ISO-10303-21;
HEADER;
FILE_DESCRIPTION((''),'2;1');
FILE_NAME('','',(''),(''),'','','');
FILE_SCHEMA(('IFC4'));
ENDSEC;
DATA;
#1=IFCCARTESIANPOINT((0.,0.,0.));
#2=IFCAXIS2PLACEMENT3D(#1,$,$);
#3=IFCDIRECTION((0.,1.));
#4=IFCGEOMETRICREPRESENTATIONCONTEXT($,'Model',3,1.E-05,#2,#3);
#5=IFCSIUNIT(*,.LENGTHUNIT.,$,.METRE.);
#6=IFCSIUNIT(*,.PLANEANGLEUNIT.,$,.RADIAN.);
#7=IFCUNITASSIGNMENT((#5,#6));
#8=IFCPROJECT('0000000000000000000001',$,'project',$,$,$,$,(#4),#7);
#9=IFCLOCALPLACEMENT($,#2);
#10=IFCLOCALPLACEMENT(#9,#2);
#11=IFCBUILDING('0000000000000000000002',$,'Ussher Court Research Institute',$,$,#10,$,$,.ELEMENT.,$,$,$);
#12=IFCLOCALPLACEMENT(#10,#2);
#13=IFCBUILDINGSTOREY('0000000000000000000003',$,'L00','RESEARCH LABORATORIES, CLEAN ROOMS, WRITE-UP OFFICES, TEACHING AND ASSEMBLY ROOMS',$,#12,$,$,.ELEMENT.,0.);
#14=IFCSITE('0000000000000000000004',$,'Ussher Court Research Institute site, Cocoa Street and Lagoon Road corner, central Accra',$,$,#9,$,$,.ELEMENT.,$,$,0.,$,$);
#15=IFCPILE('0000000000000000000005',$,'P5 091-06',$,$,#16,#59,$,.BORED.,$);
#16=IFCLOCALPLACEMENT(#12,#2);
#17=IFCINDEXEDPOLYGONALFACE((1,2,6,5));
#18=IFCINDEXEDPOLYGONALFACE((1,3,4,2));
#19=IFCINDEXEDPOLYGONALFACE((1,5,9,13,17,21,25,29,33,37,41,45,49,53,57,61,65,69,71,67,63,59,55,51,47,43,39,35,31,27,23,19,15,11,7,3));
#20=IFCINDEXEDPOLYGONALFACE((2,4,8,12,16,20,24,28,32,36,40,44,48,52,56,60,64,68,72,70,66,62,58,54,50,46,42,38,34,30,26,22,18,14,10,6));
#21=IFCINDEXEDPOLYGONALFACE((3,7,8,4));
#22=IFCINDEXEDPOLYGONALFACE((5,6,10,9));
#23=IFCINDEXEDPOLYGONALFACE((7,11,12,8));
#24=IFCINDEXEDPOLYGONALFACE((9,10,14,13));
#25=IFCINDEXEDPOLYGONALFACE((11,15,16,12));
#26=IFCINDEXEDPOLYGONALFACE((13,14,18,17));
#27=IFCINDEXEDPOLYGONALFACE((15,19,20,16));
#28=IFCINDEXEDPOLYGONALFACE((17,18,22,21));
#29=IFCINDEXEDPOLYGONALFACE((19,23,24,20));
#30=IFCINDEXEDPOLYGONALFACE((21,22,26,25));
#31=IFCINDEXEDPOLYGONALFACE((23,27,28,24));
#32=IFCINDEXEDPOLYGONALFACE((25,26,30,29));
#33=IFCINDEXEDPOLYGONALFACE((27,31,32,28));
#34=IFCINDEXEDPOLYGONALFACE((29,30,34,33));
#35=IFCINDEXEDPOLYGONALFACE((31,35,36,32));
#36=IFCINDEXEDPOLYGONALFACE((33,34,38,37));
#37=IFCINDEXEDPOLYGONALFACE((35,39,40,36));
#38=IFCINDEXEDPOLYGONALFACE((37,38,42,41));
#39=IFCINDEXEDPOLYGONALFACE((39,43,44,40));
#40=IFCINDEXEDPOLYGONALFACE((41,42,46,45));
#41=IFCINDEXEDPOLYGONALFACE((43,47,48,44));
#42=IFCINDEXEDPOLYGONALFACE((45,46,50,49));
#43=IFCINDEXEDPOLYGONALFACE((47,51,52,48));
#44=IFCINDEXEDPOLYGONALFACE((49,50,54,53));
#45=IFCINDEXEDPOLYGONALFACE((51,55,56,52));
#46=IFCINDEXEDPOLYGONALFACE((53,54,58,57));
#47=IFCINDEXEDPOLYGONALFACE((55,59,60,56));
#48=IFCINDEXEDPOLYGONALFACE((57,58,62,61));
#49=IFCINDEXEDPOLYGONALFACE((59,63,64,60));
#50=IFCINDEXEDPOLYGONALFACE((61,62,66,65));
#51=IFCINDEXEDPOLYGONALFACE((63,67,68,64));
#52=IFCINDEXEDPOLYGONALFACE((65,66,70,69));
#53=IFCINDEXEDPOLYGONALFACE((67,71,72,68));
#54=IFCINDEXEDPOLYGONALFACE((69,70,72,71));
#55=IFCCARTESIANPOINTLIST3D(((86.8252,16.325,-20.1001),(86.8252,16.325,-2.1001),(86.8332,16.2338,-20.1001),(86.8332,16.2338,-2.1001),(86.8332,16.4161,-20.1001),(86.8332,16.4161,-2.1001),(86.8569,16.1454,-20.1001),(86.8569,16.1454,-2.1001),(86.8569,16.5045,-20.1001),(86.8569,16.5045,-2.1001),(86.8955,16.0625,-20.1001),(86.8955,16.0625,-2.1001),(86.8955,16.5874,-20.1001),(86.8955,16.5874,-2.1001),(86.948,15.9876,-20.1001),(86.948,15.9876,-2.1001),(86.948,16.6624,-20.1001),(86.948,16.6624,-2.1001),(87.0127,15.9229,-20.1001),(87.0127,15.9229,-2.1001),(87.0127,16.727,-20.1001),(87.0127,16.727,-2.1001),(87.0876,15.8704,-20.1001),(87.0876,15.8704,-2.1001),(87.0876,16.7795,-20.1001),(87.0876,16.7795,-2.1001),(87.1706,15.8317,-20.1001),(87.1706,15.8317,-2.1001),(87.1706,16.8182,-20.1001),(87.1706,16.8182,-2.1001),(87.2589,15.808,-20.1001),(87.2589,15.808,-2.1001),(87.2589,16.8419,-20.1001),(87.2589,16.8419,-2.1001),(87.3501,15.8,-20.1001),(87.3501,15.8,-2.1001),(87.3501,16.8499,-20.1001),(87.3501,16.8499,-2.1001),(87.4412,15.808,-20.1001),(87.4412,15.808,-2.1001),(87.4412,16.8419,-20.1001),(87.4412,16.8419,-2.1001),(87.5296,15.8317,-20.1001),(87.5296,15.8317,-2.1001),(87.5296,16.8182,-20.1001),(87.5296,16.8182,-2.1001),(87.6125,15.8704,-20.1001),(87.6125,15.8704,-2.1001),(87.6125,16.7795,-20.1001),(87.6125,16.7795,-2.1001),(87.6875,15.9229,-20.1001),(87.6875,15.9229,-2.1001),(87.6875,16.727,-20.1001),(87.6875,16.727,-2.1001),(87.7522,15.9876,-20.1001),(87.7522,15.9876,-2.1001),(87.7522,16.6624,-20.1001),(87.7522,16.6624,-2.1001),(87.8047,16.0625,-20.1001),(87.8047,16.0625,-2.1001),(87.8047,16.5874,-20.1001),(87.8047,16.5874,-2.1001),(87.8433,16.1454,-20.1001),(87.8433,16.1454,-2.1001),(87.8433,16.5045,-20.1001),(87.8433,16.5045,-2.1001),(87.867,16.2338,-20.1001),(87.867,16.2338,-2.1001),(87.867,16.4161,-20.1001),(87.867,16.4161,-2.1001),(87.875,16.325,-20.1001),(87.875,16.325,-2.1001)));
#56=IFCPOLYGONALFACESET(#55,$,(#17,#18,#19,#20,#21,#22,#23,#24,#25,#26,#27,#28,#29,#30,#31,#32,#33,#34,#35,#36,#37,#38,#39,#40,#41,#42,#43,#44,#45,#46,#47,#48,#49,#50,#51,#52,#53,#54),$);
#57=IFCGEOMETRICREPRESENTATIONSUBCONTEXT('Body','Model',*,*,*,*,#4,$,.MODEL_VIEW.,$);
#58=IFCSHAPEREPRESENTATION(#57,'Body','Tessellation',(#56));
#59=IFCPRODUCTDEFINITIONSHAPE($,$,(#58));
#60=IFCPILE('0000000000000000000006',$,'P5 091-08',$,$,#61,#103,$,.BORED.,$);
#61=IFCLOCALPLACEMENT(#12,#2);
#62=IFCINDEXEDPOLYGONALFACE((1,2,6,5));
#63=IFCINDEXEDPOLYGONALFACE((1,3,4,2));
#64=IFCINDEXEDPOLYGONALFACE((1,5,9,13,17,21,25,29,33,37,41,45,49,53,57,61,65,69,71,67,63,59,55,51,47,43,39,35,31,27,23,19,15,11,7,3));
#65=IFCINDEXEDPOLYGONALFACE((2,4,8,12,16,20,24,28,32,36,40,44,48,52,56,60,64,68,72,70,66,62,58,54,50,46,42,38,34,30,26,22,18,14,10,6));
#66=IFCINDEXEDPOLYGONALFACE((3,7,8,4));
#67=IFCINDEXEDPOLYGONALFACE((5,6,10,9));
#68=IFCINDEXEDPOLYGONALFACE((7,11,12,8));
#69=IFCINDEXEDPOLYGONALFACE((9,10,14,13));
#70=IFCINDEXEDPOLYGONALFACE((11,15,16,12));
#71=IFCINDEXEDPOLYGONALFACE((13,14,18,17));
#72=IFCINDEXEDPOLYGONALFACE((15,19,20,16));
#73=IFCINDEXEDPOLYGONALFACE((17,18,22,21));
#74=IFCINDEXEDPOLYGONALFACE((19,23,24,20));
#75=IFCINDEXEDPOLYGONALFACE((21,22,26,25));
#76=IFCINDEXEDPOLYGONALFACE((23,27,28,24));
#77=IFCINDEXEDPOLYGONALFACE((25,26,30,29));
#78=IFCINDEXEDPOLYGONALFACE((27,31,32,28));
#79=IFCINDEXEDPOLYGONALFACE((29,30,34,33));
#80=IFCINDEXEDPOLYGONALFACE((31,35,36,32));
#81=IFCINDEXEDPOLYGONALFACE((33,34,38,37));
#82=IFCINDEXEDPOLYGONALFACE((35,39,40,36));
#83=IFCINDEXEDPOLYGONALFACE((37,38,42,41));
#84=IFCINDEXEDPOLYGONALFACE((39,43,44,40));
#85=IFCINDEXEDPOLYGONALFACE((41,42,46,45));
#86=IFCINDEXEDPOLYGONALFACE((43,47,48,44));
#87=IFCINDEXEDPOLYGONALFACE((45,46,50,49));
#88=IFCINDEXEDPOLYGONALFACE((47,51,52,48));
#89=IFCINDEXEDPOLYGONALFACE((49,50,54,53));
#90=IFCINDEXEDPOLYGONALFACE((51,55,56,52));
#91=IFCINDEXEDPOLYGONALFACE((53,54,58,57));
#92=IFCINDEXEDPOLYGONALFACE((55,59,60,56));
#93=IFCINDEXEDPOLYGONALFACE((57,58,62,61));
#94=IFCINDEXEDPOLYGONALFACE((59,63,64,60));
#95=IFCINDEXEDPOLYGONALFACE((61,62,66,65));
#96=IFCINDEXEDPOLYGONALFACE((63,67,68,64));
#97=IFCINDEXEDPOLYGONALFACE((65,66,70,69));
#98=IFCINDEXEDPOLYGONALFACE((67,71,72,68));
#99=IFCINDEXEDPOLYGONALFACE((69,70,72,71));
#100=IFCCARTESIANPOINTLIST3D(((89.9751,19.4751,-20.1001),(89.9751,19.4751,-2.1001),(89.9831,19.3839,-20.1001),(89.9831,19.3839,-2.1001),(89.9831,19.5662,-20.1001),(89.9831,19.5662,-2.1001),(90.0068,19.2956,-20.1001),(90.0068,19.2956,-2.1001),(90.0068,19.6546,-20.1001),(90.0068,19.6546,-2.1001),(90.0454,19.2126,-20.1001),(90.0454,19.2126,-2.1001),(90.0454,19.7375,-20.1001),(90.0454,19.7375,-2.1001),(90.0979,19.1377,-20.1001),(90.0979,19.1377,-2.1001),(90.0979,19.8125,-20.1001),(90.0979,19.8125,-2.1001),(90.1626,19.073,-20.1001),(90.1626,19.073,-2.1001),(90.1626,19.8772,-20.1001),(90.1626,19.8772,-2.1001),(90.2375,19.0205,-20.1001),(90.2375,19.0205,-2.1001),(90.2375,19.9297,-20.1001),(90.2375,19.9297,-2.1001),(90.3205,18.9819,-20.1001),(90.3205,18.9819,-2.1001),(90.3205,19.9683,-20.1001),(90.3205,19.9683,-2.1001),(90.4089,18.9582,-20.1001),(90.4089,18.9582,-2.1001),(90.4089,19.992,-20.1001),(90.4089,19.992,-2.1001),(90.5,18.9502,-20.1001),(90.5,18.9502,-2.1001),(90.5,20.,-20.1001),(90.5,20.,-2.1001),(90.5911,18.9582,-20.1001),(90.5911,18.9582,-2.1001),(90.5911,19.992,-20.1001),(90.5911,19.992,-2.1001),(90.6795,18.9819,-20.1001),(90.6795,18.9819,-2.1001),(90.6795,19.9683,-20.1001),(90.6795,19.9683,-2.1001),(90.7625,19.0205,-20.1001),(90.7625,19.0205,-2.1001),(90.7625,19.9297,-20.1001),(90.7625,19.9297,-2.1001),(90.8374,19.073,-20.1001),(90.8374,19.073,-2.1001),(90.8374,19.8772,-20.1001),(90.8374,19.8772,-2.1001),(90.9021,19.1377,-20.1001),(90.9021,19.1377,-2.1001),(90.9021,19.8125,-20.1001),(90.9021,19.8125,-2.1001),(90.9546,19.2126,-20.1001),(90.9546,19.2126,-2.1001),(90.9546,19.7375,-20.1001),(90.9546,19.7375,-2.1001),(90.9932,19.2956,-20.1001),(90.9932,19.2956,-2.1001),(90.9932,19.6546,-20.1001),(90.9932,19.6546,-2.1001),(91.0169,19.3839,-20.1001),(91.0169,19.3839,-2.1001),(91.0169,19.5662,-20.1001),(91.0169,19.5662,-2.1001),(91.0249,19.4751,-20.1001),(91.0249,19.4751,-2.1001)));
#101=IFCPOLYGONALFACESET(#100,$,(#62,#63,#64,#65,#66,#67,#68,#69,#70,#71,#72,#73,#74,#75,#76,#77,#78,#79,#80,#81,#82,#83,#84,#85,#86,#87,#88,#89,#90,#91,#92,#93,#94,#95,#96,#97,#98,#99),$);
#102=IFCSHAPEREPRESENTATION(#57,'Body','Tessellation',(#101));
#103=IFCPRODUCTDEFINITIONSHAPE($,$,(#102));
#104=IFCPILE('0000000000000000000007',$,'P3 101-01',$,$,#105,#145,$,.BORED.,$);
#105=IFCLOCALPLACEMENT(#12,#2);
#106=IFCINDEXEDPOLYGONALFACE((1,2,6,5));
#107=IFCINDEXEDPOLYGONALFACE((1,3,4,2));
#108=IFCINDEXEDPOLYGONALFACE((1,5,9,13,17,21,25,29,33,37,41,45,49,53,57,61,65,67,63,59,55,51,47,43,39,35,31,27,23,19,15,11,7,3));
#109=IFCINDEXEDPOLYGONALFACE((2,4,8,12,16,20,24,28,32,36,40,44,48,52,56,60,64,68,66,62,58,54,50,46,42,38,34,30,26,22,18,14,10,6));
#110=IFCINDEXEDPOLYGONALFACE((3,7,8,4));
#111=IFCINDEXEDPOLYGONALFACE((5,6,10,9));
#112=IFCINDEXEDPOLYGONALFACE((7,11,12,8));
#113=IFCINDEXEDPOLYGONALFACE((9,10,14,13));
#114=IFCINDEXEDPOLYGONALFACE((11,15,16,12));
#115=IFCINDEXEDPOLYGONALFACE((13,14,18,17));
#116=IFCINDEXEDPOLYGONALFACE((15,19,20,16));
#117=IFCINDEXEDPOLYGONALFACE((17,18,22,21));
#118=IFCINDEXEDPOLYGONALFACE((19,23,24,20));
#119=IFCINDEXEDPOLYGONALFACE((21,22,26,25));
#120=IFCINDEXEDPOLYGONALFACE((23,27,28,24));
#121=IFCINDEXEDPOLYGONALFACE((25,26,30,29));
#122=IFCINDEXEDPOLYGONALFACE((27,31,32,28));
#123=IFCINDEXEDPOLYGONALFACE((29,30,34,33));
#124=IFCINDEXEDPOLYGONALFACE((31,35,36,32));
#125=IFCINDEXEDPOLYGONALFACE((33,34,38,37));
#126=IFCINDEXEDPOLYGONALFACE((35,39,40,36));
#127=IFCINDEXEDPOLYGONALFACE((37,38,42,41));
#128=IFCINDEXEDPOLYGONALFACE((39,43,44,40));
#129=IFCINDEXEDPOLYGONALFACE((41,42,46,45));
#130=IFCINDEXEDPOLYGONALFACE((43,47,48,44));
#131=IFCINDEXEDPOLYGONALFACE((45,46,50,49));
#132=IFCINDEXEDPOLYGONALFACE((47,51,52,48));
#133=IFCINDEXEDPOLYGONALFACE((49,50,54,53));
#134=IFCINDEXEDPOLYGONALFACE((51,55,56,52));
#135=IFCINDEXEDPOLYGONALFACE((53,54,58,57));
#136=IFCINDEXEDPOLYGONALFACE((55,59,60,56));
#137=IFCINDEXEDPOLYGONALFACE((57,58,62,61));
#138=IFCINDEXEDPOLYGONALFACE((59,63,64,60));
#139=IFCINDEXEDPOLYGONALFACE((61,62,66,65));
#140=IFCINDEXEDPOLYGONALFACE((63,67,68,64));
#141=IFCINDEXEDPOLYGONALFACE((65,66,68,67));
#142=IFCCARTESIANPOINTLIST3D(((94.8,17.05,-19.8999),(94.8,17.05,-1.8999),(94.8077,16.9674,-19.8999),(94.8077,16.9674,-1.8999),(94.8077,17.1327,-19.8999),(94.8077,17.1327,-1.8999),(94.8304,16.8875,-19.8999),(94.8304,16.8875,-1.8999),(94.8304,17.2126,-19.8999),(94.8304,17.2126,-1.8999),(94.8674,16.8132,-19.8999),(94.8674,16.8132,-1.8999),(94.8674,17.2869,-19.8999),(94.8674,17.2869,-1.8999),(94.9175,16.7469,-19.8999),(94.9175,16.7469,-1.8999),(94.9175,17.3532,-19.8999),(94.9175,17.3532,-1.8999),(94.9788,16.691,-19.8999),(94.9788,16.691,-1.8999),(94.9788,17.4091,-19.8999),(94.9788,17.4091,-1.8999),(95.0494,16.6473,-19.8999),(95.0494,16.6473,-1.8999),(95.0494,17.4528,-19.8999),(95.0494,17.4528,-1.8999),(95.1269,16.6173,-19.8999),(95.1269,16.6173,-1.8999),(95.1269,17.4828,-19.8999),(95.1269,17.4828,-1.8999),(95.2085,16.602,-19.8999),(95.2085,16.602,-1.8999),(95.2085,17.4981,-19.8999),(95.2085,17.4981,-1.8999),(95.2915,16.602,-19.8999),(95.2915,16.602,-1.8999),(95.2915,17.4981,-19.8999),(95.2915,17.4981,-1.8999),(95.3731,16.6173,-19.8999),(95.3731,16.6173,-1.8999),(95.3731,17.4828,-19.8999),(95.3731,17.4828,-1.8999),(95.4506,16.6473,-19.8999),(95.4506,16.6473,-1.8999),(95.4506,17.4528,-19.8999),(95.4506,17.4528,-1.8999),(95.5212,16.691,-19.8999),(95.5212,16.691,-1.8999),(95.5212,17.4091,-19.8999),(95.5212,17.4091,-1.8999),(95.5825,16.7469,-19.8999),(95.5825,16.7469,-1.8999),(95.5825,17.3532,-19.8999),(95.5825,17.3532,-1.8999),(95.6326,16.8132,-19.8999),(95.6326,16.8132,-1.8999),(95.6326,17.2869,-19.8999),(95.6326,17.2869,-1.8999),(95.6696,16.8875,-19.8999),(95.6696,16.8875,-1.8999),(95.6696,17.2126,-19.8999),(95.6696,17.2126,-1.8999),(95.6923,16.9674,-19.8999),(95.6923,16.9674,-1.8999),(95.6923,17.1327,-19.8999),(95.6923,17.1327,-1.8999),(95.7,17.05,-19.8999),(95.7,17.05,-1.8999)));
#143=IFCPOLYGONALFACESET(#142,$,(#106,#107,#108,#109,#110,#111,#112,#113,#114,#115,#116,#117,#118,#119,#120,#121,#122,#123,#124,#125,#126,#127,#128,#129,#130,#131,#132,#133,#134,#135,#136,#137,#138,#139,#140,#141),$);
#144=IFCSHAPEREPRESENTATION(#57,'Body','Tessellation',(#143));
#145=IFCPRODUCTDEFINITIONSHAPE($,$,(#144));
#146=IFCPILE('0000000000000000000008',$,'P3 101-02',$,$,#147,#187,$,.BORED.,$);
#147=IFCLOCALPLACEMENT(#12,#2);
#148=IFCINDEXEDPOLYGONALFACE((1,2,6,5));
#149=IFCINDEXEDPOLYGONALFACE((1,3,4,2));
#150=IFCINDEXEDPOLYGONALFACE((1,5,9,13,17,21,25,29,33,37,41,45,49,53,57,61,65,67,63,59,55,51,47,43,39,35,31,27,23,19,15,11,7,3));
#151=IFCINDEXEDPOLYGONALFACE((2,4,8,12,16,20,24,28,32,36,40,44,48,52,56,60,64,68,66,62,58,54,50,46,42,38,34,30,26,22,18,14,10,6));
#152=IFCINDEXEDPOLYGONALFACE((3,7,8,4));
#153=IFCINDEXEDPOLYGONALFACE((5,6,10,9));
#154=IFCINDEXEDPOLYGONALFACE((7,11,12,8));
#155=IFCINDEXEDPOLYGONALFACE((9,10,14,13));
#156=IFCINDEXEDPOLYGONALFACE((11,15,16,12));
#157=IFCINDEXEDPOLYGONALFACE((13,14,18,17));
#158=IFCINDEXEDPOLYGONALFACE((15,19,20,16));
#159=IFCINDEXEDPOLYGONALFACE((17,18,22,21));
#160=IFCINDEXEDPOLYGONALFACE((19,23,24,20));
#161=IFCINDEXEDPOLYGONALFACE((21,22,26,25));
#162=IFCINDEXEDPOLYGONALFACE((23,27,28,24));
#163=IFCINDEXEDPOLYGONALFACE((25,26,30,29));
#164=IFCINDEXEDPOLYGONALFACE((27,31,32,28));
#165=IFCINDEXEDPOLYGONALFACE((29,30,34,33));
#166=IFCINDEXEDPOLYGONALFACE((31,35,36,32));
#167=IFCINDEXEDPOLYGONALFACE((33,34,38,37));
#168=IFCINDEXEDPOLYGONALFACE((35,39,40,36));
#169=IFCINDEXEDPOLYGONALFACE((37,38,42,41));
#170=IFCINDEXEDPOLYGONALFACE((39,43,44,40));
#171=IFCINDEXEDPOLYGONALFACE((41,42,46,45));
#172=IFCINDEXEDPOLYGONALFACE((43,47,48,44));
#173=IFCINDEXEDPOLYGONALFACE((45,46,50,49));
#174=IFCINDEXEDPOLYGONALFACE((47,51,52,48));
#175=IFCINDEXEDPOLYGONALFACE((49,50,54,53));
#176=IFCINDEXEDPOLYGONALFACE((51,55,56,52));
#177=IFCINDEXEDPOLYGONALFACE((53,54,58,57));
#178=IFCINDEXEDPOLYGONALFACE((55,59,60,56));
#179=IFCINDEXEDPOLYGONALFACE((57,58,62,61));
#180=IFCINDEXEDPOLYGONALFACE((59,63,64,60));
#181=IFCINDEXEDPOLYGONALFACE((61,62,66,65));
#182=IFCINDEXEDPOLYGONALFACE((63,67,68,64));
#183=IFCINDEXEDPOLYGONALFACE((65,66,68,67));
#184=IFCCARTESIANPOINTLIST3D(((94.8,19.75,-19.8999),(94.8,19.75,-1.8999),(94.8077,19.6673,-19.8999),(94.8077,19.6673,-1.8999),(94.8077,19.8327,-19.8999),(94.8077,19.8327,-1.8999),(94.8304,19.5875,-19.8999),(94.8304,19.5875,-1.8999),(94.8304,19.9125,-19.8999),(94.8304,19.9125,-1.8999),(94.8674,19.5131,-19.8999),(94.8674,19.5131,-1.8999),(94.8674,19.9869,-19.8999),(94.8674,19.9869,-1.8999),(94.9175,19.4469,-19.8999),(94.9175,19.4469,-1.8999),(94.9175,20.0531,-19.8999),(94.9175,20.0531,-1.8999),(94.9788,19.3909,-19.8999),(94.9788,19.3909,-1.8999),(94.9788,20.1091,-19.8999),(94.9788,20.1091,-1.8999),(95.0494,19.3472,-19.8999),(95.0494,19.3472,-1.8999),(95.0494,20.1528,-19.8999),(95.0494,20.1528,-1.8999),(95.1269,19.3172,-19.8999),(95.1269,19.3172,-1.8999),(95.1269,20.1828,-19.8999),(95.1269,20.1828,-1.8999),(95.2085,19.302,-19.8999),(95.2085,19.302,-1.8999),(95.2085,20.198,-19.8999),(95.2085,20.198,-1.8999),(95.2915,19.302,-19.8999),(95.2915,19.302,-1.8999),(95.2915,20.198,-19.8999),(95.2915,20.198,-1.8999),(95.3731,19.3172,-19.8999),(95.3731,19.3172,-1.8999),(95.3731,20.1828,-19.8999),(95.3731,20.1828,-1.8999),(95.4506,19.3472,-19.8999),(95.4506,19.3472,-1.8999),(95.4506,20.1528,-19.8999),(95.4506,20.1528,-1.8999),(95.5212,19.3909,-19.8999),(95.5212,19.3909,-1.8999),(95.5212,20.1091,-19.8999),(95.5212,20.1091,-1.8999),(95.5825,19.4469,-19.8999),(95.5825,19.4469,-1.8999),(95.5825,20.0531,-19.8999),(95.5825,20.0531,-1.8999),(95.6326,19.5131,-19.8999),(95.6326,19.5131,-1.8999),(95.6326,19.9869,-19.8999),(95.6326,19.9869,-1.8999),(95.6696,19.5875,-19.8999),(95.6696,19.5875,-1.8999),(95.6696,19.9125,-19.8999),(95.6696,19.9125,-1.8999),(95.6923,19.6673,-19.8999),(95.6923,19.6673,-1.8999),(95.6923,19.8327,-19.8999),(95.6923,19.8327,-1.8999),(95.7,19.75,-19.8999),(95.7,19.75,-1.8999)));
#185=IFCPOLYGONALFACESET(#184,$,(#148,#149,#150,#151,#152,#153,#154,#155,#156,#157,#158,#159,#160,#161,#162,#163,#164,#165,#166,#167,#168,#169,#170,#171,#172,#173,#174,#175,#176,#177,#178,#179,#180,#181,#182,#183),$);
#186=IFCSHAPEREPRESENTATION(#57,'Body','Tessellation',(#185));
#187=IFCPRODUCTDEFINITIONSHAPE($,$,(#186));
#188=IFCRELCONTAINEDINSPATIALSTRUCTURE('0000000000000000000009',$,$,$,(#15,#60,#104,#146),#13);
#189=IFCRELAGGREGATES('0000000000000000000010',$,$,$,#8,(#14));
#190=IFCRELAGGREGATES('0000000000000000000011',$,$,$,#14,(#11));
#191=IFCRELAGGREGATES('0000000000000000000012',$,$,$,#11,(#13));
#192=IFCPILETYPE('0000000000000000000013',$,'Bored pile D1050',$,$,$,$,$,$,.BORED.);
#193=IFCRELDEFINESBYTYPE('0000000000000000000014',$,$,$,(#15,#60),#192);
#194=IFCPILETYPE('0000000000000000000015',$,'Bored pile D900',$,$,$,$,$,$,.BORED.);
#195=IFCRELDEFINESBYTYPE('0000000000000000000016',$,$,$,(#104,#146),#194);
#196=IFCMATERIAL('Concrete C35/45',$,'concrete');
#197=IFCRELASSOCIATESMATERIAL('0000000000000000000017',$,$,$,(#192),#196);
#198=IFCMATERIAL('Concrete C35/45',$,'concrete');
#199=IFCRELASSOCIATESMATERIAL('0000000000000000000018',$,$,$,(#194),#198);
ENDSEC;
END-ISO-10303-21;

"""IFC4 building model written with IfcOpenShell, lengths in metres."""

from ifc_helpers import new_model, si_unit, direction, frame, origin, origin_2d, place, context, subcontext, project, spatial, circle, extrude, material, material_profile, profile_set, type_object, element, save


model = new_model("IFC4")

# Units and contexts
model_context = context("Model", 3, precision=1e-05, world=origin(), true_north=direction((0.0, 1.0)))
body_context = subcontext(model_context, "Body", "Model", "MODEL_VIEW")
ifc_project = project(units=[si_unit("LENGTHUNIT", "METRE"), si_unit("PLANEANGLEUNIT", "RADIAN")], contexts=[model_context])

# Site, building, storey
site_placement = place(None, origin())
site = spatial("IfcSite", under=ifc_project, at=site_placement, Name="Ussher Court Research Institute site, Cocoa Street and Lagoon Road corner, central Accra", CompositionType="ELEMENT", RefElevation=0.0)
building_placement = place(site_placement, origin())
building = spatial("IfcBuilding", under=site, at=building_placement, Name="Ussher Court Research Institute", CompositionType="ELEMENT")
storey_placement = place(building_placement, origin())
storey = spatial("IfcBuildingStorey", under=building, at=storey_placement, Name="L00", Description="RESEARCH LABORATORIES, CLEAN ROOMS, WRITE-UP OFFICES, TEACHING AND ASSEMBLY ROOMS", CompositionType="ELEMENT", Elevation=0.0)

# Piles
ifc_material_1 = material(Name="Concrete C35/45", Category="concrete")
ifc_material_profile_1 = material_profile(ifc_material_1, circle(Radius=0.5249, at=origin_2d()), Name="RC D1050")
ifc_profile_set_1 = profile_set([ifc_material_profile_1], Name="Concrete C35/45")
pile_type_1 = type_object("IfcPileType", Name="Bored pile D1050", PredefinedType="BORED", material=ifc_profile_set_1)
for number, where, z_axis, x_axis, name in (
    (1, (87.3501, 16.325, -2.1001), (0.0, 0.0, -1.0), (1.0, 0.0, 0.0), "P5 091-06"),
    (2, (90.5, 19.4751, -2.1001), (0.0, 0.0, -1.0), (1.0, 0.0, 0.0), "P5 091-08"),
):
    element("IfcPile", number, at=place(storey_placement, frame(where, z_axis=z_axis, x_axis=x_axis)), inside=storey, type_object=pile_type_1, Name=name, PredefinedType="BORED", context=body_context, shape_type="SweptSolid", body=[
        extrude(circle(Radius=0.5249, at=origin_2d()), origin(), (0.0, 0.0, 1.0), 18.0),
    ])
ifc_material_2 = material(Name="Concrete C35/45", Category="concrete")
ifc_material_profile_2 = material_profile(ifc_material_2, circle(Radius=0.45, at=origin_2d()), Name="RC D900")
ifc_profile_set_2 = profile_set([ifc_material_profile_2], Name="Concrete C35/45")
pile_type_2 = type_object("IfcPileType", Name="Bored pile D900", PredefinedType="BORED", material=ifc_profile_set_2)
for number, where, z_axis, x_axis, name in (
    (3, (95.25, 17.05, -1.8999), (0.0, 0.0, -1.0), (1.0, 0.0, 0.0), "P3 101-01"),
    (4, (95.25, 19.75, -1.8999), (0.0, 0.0, -1.0), (1.0, 0.0, 0.0), "P3 101-02"),
):
    element("IfcPile", number, at=place(storey_placement, frame(where, z_axis=z_axis, x_axis=x_axis)), inside=storey, type_object=pile_type_2, Name=name, PredefinedType="BORED", context=body_context, shape_type="SweptSolid", body=[
        extrude(circle(Radius=0.45, at=origin_2d()), origin(), (0.0, 0.0, 1.0), 18.0),
    ])

save(model, "model.ifc")
